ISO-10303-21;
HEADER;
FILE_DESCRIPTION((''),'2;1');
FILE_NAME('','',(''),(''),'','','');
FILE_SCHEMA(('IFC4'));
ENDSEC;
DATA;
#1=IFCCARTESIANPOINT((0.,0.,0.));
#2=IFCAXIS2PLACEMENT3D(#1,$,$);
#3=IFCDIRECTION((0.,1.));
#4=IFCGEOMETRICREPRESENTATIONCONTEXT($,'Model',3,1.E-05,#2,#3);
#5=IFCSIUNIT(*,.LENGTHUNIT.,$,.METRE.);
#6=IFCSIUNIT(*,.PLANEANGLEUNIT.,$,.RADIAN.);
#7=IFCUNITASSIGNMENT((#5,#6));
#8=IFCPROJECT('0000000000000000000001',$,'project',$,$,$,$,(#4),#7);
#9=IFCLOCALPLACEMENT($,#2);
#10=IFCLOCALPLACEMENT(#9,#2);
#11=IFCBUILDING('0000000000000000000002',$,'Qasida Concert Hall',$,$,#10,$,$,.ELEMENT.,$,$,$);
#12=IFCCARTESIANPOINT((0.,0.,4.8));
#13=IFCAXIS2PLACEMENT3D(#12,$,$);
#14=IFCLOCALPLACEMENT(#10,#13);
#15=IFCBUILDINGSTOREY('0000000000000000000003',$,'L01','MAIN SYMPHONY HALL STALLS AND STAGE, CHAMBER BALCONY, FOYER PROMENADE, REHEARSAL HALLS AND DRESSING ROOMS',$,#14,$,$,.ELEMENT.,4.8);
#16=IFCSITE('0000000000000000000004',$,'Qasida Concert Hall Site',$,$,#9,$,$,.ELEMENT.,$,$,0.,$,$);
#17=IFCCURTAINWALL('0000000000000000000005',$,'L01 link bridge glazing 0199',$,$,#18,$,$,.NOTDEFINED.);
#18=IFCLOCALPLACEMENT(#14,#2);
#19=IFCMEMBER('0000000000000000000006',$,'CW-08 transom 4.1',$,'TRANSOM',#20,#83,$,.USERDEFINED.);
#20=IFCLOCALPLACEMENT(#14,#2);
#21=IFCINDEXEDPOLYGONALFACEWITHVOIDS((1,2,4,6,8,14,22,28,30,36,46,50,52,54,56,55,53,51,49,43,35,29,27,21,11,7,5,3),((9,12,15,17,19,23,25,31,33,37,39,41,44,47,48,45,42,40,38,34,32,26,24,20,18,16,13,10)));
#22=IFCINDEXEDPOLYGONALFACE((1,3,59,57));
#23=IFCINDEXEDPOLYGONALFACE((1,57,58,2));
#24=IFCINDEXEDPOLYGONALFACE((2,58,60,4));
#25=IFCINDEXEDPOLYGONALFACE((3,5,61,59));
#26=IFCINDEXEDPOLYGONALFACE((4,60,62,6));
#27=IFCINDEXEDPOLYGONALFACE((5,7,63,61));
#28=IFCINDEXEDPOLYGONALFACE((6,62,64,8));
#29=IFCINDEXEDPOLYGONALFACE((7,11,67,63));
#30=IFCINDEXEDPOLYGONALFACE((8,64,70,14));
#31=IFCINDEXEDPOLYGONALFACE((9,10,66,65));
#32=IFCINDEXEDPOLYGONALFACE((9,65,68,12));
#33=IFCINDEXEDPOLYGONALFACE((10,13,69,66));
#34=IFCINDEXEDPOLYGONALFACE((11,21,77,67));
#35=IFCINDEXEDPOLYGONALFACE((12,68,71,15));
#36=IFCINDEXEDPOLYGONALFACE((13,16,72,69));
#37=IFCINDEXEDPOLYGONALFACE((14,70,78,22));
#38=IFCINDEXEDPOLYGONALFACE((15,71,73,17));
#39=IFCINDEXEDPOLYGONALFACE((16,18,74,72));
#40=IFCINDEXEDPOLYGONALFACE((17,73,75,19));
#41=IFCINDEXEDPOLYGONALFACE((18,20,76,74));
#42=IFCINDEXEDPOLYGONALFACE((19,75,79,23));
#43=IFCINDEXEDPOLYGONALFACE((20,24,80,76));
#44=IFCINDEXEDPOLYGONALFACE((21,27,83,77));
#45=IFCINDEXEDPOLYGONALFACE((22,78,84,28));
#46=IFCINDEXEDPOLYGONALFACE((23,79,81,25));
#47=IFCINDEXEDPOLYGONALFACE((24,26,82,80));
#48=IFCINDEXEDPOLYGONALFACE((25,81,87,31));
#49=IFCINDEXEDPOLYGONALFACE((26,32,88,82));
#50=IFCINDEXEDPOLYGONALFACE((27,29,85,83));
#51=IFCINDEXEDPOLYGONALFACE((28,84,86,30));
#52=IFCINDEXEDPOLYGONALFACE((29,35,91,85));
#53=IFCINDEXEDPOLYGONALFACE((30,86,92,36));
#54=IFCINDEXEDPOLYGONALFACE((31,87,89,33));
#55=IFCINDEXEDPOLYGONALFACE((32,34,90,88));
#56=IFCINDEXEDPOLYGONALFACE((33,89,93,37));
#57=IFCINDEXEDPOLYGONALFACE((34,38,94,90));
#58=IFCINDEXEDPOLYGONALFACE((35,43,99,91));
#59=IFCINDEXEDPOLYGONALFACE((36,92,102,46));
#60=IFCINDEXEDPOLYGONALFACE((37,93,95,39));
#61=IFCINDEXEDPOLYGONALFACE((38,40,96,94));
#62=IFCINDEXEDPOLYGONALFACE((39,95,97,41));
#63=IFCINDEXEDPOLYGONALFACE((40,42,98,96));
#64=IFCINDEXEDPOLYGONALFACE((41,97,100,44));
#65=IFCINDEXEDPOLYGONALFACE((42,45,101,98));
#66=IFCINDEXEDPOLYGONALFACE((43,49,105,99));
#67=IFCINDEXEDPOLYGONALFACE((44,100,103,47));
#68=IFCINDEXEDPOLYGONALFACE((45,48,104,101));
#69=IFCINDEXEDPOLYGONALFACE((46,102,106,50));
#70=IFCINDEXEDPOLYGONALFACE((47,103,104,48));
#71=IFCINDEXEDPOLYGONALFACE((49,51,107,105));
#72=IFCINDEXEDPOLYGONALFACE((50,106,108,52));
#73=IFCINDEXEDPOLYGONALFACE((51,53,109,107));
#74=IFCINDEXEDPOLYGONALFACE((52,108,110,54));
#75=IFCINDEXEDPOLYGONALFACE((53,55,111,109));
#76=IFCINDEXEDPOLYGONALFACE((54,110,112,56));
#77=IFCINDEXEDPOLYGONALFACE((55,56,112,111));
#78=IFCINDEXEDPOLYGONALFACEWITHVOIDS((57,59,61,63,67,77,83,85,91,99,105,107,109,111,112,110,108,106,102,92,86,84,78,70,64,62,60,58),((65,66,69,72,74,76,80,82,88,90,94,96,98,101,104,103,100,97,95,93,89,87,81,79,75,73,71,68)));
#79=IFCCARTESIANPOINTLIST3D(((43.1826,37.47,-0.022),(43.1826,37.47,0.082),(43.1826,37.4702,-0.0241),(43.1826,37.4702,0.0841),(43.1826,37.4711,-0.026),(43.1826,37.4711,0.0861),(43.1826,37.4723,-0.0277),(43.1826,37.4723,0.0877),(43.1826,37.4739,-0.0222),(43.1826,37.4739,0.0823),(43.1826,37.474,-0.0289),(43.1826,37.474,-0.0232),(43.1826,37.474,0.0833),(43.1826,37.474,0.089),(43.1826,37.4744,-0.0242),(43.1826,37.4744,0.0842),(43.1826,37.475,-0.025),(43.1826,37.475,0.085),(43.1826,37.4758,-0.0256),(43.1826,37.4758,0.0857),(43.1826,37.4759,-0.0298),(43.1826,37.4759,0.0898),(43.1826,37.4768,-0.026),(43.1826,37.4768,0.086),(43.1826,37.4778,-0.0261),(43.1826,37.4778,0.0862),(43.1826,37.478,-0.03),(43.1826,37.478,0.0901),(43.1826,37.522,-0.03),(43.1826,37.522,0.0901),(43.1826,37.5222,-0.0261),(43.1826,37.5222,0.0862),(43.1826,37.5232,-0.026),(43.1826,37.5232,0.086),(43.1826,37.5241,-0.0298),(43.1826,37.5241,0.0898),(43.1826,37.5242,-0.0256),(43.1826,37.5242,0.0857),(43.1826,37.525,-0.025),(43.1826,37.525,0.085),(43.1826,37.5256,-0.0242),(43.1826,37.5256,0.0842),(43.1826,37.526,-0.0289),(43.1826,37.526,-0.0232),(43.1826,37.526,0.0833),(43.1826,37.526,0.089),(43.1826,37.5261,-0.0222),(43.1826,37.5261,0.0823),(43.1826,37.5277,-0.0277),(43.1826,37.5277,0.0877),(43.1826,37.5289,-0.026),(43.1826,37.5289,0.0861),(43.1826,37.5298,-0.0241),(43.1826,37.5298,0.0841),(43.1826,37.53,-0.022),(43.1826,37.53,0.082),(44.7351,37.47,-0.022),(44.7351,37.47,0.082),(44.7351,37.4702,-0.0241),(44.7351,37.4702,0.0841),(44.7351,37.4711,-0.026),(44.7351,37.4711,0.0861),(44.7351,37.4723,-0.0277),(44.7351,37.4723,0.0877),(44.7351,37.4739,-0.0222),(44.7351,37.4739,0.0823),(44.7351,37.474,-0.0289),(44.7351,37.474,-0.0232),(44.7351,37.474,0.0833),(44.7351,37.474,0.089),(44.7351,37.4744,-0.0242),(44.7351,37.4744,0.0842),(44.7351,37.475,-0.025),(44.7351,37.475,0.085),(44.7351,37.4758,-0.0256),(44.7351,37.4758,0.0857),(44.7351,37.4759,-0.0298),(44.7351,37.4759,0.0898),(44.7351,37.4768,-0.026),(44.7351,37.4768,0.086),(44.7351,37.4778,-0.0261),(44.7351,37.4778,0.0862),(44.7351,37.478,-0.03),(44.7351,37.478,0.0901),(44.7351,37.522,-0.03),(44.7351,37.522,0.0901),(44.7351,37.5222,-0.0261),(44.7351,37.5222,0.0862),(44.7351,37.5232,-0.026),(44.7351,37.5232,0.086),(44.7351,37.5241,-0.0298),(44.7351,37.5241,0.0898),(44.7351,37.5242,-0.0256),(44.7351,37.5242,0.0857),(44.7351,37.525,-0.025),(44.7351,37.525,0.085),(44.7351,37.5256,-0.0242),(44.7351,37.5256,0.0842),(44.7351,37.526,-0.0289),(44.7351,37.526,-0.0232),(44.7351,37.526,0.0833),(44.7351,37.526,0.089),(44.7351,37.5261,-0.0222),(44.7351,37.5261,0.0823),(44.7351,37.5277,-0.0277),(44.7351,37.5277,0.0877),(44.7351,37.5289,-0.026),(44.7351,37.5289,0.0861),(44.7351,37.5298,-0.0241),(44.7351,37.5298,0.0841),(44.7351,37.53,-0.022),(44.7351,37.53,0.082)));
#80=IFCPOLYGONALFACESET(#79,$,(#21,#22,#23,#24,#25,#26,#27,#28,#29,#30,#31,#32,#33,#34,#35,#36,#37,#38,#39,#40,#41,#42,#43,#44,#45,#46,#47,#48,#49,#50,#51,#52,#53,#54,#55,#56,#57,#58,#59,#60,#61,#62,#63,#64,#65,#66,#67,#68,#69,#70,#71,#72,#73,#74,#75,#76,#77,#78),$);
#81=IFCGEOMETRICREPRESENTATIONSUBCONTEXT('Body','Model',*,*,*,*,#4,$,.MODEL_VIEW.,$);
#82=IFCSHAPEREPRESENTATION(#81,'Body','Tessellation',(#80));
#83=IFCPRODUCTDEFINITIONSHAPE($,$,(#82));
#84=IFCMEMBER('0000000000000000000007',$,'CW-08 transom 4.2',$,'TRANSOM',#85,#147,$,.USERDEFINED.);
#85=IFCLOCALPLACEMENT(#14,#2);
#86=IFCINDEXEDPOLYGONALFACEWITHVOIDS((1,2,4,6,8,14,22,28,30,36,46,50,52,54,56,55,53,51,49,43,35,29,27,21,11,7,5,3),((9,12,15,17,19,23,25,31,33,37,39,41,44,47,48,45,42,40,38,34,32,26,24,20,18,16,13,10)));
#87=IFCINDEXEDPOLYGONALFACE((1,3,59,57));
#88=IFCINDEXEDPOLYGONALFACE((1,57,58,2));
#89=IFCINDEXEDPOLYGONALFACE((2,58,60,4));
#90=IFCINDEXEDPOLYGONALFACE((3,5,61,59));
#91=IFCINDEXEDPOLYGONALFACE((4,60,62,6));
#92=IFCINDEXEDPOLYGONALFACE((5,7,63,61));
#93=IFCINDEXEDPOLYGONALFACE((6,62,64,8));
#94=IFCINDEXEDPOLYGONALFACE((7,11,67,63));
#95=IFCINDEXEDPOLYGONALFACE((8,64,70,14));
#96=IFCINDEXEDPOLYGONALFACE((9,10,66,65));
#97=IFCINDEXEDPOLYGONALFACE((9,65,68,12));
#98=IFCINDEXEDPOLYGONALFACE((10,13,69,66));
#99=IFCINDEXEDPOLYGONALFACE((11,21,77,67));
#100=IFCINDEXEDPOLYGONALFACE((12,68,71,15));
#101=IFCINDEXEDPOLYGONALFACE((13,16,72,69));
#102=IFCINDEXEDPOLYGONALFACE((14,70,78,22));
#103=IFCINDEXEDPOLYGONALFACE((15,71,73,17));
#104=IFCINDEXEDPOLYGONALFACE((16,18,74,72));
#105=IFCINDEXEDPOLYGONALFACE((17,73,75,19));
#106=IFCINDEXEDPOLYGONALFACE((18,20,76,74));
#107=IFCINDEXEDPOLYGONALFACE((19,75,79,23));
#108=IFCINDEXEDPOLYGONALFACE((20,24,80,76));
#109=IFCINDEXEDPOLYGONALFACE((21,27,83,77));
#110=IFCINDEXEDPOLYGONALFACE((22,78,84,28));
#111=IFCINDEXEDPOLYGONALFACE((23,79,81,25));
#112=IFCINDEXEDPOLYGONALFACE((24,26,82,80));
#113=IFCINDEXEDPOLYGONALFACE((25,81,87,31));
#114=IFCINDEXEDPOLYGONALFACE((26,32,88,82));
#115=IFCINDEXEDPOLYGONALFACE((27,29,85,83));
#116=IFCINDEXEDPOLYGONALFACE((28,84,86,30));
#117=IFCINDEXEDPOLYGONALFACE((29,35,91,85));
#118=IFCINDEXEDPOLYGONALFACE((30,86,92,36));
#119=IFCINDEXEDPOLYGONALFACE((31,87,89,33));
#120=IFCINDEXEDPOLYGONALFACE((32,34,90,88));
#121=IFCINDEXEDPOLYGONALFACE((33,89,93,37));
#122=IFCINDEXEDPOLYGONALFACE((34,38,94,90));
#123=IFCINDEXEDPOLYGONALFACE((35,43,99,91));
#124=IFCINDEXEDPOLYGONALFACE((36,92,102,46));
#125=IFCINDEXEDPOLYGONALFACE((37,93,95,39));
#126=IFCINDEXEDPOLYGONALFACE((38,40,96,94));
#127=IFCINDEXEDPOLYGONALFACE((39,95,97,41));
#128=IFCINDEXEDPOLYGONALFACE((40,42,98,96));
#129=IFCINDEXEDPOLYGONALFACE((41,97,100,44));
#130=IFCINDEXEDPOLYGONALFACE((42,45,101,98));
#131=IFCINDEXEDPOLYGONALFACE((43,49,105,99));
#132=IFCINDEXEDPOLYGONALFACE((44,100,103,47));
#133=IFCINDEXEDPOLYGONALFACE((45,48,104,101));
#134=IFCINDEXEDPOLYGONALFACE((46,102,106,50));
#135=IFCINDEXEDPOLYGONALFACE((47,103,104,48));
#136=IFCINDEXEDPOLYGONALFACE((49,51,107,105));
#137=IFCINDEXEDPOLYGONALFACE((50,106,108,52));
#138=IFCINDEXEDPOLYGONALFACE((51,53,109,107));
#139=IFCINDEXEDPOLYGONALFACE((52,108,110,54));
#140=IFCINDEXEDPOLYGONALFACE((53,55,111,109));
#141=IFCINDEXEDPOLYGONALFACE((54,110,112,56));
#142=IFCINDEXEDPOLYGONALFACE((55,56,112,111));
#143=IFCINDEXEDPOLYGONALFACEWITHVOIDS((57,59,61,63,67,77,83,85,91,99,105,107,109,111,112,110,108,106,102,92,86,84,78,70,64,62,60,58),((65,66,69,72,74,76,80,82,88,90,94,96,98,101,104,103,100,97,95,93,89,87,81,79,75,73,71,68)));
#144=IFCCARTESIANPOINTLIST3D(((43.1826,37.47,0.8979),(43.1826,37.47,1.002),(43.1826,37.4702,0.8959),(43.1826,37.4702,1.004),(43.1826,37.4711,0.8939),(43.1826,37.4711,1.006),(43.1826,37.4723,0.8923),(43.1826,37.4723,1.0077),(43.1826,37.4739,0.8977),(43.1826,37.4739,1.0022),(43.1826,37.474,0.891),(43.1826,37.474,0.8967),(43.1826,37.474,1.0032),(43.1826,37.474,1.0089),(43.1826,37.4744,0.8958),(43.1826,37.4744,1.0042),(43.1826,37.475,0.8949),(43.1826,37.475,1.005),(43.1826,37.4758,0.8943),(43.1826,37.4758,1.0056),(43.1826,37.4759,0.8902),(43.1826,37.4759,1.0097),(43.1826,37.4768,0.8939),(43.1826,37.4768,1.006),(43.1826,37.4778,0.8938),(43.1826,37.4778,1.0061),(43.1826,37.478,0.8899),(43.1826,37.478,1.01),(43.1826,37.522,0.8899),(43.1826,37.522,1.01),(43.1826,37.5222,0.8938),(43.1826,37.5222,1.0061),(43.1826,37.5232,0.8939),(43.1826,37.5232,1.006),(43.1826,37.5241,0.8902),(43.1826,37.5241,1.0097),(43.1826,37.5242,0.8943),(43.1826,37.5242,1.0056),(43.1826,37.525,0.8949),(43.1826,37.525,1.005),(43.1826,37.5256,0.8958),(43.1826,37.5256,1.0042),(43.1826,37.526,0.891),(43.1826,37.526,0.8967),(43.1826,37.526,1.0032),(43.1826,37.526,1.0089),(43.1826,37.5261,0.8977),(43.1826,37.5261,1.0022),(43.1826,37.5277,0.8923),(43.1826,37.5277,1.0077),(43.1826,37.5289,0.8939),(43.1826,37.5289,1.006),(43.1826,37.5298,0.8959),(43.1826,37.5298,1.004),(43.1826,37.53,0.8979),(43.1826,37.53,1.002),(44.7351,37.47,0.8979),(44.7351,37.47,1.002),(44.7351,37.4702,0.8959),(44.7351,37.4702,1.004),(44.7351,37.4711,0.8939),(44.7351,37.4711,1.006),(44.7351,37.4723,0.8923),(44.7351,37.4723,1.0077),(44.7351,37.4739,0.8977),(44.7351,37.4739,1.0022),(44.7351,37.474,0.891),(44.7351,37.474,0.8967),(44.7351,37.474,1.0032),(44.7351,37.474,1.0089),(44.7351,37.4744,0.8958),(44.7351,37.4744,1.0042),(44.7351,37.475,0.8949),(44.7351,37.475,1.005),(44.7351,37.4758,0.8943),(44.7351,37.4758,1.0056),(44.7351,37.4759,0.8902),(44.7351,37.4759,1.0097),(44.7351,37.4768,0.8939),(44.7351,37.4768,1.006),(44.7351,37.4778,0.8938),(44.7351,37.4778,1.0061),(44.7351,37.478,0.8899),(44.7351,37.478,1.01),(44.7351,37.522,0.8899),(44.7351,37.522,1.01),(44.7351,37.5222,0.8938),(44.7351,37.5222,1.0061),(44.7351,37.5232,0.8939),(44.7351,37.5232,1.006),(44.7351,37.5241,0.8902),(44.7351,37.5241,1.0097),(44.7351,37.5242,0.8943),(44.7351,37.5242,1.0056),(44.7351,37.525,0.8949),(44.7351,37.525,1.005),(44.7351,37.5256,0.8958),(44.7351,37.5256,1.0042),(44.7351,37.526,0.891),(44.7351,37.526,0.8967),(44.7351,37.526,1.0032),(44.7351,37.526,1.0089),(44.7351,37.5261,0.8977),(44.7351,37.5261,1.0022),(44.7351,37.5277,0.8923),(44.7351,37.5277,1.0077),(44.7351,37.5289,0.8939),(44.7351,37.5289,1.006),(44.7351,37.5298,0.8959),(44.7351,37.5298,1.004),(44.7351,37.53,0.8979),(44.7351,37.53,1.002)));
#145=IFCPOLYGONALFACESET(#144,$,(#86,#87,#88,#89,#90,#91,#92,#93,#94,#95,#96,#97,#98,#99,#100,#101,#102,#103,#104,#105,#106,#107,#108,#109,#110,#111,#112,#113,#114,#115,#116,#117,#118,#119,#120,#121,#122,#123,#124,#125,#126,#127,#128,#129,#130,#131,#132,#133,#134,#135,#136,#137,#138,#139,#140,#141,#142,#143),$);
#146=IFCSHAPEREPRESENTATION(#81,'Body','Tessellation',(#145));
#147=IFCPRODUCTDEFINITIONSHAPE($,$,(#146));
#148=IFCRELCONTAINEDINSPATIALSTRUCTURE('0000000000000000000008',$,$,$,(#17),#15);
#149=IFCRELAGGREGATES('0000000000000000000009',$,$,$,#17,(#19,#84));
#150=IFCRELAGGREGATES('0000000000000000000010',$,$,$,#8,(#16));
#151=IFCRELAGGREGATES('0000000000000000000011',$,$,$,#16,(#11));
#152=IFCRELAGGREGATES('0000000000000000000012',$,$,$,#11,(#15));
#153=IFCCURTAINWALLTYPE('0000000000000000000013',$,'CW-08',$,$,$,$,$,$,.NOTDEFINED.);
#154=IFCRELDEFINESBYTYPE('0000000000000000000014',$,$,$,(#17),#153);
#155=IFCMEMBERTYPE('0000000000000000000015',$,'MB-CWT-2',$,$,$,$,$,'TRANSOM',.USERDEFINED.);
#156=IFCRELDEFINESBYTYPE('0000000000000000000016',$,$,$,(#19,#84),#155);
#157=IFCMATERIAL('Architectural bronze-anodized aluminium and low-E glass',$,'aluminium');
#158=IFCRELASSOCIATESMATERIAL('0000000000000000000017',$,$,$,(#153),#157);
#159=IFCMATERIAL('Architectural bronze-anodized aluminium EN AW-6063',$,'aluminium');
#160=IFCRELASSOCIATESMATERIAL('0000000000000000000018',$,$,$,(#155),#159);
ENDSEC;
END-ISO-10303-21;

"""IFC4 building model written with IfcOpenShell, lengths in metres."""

from ifc_helpers import new_model, si_unit, direction, frame, origin, origin_2d, place, context, subcontext, project, spatial, hollow_rectangle, extrude, material, material_profile, profile_set, type_object, element, aggregate, save


model = new_model("IFC4")

# Units and contexts
model_context = context("Model", 3, precision=1e-05, world=origin(), true_north=direction((0.0, 1.0)))
body_context = subcontext(model_context, "Body", "Model", "MODEL_VIEW")
ifc_project = project(units=[si_unit("LENGTHUNIT", "METRE"), si_unit("PLANEANGLEUNIT", "RADIAN")], contexts=[model_context])

# Site, building, storey
site_placement = place(None, origin())
site = spatial("IfcSite", under=ifc_project, at=site_placement, Name="Qasida Concert Hall Site", CompositionType="ELEMENT", RefElevation=0.0)
building_placement = place(site_placement, origin())
building = spatial("IfcBuilding", under=site, at=building_placement, Name="Qasida Concert Hall", CompositionType="ELEMENT")
storey_placement = place(building_placement, frame((0.0, 0.0, 4.8)))
storey = spatial("IfcBuildingStorey", under=building, at=storey_placement, Name="L01", Description="MAIN SYMPHONY HALL STALLS AND STAGE, CHAMBER BALCONY, FOYER PROMENADE, REHEARSAL HALLS AND DRESSING ROOMS", CompositionType="ELEMENT", Elevation=4.8)

# Shared definitions
ifc_material_1 = material(Name="Architectural bronze-anodized aluminium and low-E glass", Category="aluminium")
ifc_material_2 = material(Name="Architectural bronze-anodized aluminium EN AW-6063", Category="aluminium")

# Curtain wall
curtain_wall_type_1 = type_object("IfcCurtainWallType", Name="CW-08", PredefinedType="NOTDEFINED", material=ifc_material_1)
curtain_wall_1_placement = place(storey_placement, origin())
curtain_wall_1 = element("IfcCurtainWall", 1, at=curtain_wall_1_placement, inside=storey, type_object=curtain_wall_type_1, Name="L01 link bridge glazing 0199", PredefinedType="NOTDEFINED")

# Members
ifc_material_profile_1 = material_profile(ifc_material_2, hollow_rectangle(XDim=0.0601, YDim=0.1201, WallThickness=0.0039, InnerFilletRadius=0.0039, OuterFilletRadius=0.0081, at=origin_2d()), Name="CWT 120x60x4")
ifc_profile_set_1 = profile_set([ifc_material_profile_1], Name="Architectural bronze-anodized aluminium EN AW-6063")
member_type_1 = type_object("IfcMemberType", Name="MB-CWT-2", ElementType="TRANSOM", PredefinedType="USERDEFINED", material=ifc_profile_set_1)
member_1_placement = place(storey_placement, frame((43.1826, 37.5, 0.03), z_axis=(1.0, 0.0, 0.0), x_axis=(0.0, 1.0, 0.0)))
member_1 = element("IfcMember", 2, at=member_1_placement, type_object=member_type_1, Name="CW-08 transom 4.1", ObjectType="TRANSOM", PredefinedType="USERDEFINED", context=body_context, shape_type="SweptSolid", body=[
    extrude(hollow_rectangle(XDim=0.0601, YDim=0.1201, WallThickness=0.0039, InnerFilletRadius=0.0039, OuterFilletRadius=0.0081, at=origin_2d()), origin(), (0.0, 0.0, 1.0), 1.5525),
])
member_2_placement = place(storey_placement, frame((43.1826, 37.5, 0.95), z_axis=(1.0, 0.0, 0.0), x_axis=(0.0, 1.0, 0.0)))
member_2 = element("IfcMember", 3, at=member_2_placement, type_object=member_type_1, Name="CW-08 transom 4.2", ObjectType="TRANSOM", PredefinedType="USERDEFINED", context=body_context, shape_type="SweptSolid", body=[
    extrude(hollow_rectangle(XDim=0.0601, YDim=0.1201, WallThickness=0.0039, InnerFilletRadius=0.0039, OuterFilletRadius=0.0081, at=origin_2d()), origin(), (0.0, 0.0, 1.0), 1.5525),
])

aggregate(curtain_wall_1, [member_1, member_2])

save(model, "model.ifc")
